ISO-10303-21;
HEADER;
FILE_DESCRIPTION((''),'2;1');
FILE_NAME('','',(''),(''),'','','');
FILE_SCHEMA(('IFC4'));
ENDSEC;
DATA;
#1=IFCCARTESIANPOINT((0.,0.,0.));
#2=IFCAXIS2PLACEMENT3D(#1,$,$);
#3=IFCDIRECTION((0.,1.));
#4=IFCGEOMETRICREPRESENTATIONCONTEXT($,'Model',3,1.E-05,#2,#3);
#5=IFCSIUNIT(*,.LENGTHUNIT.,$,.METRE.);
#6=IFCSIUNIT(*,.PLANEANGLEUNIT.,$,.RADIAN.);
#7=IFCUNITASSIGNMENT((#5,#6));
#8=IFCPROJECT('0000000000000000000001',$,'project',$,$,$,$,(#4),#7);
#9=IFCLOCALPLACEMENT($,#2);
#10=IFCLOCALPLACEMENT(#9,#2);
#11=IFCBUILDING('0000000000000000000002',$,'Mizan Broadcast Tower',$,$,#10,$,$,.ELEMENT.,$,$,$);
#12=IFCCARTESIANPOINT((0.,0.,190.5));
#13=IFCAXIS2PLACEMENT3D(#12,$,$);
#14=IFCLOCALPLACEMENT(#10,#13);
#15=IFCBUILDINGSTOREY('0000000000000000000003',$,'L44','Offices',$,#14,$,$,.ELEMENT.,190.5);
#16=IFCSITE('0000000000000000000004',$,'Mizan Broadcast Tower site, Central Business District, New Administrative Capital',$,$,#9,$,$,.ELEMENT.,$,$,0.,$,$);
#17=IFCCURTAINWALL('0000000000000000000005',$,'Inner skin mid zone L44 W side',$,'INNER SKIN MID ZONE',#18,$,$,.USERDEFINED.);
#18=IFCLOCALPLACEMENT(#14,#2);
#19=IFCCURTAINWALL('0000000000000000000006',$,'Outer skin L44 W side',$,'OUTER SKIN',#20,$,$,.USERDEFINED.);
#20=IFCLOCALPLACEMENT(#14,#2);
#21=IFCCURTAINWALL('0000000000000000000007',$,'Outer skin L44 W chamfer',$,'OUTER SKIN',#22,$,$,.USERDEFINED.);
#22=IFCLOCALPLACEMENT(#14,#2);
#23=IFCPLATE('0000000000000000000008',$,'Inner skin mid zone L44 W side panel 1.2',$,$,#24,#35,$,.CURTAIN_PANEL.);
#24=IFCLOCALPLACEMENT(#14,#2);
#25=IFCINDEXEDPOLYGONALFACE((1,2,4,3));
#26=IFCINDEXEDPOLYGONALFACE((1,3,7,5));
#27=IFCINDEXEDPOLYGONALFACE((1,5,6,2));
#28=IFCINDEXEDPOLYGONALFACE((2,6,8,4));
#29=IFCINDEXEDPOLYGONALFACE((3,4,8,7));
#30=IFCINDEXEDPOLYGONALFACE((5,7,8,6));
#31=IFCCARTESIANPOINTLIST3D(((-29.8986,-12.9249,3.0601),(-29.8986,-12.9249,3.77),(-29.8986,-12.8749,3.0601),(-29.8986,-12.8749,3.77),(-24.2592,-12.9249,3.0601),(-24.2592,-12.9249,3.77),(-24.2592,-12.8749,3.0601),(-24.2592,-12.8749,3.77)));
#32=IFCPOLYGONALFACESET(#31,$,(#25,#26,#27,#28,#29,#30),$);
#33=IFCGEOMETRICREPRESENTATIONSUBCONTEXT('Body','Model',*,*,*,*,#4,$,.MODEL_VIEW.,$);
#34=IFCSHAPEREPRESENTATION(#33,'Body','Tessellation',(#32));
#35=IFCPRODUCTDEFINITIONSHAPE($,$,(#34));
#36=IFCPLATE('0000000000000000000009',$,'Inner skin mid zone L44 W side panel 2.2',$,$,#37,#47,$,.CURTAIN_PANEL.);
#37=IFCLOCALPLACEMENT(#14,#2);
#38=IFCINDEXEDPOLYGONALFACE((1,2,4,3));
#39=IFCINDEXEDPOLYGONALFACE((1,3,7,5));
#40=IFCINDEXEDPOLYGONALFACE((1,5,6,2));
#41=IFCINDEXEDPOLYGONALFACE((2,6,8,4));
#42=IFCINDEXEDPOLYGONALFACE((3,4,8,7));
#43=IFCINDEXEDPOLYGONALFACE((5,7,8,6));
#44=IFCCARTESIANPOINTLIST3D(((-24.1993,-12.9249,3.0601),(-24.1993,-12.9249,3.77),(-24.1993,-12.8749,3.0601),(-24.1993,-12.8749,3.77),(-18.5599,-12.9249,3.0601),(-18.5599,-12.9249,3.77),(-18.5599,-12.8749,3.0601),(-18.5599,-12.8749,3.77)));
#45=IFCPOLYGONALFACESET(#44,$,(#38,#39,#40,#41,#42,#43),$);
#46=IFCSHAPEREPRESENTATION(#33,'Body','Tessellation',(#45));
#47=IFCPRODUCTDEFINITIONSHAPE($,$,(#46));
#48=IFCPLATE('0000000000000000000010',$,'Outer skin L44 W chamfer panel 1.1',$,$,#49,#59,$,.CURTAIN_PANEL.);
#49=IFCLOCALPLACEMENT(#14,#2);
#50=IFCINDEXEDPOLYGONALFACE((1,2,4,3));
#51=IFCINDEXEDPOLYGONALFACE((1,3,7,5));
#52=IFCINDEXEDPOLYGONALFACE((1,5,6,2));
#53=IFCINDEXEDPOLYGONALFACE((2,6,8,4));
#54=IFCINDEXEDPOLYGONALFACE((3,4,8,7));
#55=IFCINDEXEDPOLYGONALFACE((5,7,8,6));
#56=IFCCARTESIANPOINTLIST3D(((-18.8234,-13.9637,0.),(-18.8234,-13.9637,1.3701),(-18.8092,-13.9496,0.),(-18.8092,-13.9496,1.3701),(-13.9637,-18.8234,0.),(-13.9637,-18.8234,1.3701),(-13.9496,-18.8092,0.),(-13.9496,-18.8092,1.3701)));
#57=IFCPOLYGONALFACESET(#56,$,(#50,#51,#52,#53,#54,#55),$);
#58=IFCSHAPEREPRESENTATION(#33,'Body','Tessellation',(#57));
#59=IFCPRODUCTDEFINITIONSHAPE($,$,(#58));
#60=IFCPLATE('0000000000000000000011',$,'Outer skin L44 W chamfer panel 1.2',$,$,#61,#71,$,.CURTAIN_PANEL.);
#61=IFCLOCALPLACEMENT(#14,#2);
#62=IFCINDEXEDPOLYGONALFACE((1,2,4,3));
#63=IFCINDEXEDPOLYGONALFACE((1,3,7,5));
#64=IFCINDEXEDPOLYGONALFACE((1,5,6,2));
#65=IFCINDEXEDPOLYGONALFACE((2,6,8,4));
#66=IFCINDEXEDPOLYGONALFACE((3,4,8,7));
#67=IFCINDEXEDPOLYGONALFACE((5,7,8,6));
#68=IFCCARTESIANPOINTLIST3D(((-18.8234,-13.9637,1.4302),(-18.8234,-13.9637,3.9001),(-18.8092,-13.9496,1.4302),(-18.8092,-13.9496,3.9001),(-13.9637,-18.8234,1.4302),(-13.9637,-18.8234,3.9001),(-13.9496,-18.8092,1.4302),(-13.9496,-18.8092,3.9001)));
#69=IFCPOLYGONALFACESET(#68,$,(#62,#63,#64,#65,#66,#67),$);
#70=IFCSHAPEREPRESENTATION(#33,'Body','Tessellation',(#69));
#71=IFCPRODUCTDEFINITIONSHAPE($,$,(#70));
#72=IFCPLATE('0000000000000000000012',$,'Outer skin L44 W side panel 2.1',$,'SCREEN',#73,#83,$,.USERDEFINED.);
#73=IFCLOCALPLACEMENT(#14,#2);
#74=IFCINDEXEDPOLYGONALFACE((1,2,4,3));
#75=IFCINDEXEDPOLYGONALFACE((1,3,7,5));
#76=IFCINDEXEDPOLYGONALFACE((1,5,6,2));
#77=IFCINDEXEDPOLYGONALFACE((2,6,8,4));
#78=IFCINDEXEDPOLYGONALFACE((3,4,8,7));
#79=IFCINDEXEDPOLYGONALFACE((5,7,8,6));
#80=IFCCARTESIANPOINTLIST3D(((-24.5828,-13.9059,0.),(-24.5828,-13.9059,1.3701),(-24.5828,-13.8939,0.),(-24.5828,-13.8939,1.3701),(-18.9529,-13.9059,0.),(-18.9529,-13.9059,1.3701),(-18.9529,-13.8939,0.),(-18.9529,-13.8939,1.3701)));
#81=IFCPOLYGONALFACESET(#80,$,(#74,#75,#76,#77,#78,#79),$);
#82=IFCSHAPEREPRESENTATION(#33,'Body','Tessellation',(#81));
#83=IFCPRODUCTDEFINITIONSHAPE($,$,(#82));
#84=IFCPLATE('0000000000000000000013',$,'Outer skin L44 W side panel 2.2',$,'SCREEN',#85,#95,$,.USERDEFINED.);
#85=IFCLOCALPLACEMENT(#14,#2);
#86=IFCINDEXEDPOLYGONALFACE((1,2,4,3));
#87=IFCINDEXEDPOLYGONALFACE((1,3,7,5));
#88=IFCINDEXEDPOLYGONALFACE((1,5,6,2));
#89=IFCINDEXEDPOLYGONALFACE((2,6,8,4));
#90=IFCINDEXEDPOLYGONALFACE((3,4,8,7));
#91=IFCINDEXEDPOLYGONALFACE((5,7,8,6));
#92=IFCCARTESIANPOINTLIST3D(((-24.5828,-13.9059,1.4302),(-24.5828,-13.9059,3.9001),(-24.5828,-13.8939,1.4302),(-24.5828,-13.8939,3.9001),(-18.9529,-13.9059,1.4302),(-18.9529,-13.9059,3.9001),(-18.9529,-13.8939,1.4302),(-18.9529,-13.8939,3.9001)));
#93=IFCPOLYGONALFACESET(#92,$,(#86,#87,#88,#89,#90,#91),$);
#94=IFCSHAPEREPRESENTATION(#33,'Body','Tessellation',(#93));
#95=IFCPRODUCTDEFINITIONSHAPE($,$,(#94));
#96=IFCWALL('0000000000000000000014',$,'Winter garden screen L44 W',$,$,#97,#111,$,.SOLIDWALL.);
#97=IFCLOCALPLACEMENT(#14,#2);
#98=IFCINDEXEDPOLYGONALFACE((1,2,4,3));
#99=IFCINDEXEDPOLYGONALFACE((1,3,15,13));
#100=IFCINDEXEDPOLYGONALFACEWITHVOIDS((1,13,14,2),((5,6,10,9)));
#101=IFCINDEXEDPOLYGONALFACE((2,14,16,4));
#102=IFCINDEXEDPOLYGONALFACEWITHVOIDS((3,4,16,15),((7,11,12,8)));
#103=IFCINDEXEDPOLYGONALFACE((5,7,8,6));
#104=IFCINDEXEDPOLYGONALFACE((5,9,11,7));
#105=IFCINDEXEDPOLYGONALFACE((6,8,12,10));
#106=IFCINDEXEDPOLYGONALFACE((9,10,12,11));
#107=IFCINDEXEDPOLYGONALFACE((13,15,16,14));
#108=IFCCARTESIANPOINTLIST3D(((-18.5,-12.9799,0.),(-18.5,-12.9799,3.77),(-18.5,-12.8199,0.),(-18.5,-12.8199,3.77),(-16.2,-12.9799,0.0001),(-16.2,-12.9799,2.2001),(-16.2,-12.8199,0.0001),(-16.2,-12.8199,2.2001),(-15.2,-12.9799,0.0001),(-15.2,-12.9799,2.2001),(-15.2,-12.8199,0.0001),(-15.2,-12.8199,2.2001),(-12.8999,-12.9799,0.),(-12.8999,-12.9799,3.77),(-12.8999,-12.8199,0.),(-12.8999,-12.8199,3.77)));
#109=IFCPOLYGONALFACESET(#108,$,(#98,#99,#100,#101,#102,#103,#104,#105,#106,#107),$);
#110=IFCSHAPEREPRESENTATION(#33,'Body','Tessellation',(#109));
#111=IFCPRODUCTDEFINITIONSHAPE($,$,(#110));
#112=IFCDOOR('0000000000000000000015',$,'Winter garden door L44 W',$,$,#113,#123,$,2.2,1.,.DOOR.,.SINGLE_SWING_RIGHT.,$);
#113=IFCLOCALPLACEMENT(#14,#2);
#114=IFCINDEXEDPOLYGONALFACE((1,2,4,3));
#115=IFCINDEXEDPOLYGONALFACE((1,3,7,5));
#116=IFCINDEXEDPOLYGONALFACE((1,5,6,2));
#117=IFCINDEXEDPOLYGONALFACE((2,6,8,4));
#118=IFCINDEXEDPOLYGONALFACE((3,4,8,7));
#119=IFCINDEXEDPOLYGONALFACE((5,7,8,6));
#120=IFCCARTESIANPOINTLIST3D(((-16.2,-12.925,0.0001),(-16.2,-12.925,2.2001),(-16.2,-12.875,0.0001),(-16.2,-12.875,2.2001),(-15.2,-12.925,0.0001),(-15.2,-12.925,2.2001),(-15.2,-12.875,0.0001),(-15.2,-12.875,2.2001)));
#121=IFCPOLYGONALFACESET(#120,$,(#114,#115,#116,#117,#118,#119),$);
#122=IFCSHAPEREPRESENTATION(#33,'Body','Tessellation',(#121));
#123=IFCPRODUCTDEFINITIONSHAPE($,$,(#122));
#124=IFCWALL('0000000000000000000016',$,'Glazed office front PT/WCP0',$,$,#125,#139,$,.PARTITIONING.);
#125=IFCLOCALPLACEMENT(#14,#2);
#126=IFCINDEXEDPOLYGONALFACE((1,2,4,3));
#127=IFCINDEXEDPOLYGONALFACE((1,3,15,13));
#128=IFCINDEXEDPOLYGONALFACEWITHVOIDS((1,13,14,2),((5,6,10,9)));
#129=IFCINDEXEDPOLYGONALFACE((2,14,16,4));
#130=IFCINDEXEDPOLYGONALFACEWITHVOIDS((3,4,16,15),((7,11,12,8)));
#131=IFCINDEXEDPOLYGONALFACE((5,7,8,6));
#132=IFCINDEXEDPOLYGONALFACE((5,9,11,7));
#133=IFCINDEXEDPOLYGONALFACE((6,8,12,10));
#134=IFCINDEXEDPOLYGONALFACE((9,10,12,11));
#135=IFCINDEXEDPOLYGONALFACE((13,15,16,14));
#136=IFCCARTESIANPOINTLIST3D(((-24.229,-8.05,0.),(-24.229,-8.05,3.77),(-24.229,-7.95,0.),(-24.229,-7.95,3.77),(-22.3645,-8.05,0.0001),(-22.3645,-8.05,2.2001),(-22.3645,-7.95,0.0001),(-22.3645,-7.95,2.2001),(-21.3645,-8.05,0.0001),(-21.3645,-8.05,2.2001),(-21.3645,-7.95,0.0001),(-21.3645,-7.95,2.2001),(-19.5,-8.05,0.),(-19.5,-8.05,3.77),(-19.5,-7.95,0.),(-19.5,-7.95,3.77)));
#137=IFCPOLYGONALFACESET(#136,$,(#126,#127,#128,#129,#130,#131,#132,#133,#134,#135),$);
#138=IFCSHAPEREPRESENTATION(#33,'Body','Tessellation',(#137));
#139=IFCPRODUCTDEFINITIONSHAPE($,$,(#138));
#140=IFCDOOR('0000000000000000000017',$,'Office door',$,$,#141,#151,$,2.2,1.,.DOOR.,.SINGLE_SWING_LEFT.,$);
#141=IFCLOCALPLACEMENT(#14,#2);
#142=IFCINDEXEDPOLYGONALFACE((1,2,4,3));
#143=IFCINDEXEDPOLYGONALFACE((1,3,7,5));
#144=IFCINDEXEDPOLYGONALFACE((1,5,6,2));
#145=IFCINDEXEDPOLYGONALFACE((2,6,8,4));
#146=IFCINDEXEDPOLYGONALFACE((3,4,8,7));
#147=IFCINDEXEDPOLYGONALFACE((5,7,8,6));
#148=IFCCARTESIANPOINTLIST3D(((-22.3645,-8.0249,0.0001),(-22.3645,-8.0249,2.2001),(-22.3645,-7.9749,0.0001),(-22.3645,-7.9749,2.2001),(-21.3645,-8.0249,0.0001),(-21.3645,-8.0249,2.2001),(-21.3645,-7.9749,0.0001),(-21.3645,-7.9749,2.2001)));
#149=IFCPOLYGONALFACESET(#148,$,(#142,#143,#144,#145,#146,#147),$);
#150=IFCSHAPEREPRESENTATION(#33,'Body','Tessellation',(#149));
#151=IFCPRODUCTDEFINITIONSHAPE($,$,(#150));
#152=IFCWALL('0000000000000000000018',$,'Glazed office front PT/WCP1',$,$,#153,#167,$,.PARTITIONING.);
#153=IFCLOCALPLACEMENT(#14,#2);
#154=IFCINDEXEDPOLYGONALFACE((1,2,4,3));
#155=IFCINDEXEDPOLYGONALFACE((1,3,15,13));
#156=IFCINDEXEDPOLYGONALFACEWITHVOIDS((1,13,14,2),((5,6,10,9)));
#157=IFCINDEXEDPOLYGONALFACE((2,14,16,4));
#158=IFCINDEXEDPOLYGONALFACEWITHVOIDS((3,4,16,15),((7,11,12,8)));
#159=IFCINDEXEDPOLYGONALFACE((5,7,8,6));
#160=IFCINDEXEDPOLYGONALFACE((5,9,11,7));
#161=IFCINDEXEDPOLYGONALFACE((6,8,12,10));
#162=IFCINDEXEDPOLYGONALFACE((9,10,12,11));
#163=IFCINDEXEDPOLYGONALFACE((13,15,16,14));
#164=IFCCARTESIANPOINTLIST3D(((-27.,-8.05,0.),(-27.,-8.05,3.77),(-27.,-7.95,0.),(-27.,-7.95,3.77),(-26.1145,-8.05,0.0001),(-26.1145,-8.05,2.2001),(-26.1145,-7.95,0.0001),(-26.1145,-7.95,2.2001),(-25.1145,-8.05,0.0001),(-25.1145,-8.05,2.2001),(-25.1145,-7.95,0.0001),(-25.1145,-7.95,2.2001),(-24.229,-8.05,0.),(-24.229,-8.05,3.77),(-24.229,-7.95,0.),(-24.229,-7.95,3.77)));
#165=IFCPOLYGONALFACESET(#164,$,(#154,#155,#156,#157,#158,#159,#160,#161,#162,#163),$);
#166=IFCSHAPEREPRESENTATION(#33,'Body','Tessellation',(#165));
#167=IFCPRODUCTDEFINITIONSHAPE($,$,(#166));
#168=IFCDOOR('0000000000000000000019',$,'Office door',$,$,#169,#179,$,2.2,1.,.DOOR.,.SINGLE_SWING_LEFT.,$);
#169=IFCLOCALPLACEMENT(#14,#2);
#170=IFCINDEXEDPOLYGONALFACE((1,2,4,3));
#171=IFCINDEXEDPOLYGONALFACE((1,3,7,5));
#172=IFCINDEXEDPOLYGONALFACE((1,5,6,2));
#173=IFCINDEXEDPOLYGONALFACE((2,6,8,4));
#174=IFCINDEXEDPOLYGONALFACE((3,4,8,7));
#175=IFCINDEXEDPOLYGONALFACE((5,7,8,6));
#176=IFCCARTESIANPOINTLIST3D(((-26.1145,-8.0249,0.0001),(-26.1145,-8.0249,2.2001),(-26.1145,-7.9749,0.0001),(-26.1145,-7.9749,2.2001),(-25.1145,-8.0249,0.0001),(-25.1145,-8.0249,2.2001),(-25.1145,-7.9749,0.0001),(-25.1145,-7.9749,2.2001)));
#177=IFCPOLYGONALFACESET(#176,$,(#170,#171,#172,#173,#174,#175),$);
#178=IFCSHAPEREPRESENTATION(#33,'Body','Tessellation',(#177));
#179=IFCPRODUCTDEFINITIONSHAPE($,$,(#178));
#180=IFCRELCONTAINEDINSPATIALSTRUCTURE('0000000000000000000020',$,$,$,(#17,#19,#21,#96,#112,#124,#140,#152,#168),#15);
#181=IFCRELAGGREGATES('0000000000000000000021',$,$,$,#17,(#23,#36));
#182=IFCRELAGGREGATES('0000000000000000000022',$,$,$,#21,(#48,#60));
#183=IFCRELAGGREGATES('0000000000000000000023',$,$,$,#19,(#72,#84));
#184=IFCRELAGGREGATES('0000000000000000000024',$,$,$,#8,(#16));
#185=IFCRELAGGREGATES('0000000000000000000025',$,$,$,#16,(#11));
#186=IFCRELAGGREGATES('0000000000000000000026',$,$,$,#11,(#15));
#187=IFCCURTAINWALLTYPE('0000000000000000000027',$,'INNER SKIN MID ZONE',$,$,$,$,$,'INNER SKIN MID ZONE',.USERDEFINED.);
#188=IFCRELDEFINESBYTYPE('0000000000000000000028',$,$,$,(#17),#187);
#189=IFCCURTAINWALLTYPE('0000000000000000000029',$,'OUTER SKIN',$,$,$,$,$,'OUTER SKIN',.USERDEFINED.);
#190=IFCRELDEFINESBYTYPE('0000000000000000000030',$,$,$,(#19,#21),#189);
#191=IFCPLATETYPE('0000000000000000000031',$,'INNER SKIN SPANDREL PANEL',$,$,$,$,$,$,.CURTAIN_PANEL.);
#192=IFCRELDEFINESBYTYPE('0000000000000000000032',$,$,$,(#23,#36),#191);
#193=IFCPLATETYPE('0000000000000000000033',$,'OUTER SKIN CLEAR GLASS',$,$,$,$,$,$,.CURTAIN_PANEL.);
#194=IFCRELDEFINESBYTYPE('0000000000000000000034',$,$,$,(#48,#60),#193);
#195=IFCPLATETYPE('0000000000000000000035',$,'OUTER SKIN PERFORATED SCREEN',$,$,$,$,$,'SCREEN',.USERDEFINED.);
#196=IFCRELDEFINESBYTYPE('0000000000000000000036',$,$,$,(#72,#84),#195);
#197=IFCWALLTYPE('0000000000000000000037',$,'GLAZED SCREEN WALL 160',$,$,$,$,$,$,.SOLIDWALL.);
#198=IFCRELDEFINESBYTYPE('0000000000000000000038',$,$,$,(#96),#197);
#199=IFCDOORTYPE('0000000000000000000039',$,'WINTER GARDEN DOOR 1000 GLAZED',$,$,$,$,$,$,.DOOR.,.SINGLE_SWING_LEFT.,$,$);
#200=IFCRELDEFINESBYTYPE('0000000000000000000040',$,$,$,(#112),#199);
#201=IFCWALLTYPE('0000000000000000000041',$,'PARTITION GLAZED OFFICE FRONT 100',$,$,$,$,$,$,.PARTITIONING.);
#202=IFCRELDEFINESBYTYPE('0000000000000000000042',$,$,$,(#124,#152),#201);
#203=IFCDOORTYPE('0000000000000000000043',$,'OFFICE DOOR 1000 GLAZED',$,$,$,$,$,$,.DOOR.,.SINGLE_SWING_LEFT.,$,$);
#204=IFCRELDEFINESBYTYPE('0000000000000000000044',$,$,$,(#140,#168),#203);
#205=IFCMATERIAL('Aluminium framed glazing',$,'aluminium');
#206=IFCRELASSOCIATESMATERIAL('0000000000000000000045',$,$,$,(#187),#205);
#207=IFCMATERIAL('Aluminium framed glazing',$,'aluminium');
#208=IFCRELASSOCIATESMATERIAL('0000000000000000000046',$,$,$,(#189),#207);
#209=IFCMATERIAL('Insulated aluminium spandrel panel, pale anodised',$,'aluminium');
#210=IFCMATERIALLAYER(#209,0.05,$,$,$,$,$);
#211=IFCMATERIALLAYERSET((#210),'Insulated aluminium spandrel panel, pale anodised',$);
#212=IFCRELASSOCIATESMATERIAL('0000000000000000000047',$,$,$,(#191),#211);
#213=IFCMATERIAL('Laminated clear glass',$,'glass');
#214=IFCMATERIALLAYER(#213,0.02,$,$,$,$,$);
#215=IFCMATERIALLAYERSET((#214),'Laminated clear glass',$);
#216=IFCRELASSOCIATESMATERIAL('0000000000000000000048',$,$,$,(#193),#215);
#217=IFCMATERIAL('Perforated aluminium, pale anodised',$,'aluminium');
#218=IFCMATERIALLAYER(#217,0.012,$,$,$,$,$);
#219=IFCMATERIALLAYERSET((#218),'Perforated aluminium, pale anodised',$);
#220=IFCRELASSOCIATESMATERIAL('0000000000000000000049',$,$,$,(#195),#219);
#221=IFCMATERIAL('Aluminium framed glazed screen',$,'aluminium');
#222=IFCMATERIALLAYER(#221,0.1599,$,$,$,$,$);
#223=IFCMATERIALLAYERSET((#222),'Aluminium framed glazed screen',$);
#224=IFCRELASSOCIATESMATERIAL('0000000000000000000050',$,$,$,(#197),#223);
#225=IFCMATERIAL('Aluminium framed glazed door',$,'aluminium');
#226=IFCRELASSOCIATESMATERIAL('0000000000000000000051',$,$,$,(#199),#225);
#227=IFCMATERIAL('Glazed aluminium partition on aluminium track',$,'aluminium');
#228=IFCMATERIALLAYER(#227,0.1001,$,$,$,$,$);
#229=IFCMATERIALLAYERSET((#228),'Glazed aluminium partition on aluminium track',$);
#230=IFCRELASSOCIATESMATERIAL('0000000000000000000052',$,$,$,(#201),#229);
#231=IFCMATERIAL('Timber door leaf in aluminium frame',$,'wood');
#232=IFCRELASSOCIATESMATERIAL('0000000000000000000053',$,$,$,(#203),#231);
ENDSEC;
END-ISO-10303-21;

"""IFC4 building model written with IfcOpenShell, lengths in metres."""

from ifc_helpers import new_model, si_unit, direction, frame, frame_2d, origin, origin_2d, place, context, subcontext, project, spatial, rectangle, extrude, material, layer, layer_set, type_object, element, fill, aggregate, save


model = new_model("IFC4")

# Units and contexts
model_context = context("Model", 3, precision=1e-05, world=origin(), true_north=direction((0.0, 1.0)))
body_context = subcontext(model_context, "Body", "Model", "MODEL_VIEW")
ifc_project = project(units=[si_unit("LENGTHUNIT", "METRE"), si_unit("PLANEANGLEUNIT", "RADIAN")], contexts=[model_context])

# Site, building, storey
site_placement = place(None, origin())
site = spatial("IfcSite", under=ifc_project, at=site_placement, Name="Mizan Broadcast Tower site, Central Business District, New Administrative Capital", CompositionType="ELEMENT", RefElevation=0.0)
building_placement = place(site_placement, origin())
building = spatial("IfcBuilding", under=site, at=building_placement, Name="Mizan Broadcast Tower", CompositionType="ELEMENT")
storey_placement = place(building_placement, frame((0.0, 0.0, 190.5)))
storey = spatial("IfcBuildingStorey", under=building, at=storey_placement, Name="L44", Description="Offices", CompositionType="ELEMENT", Elevation=190.5)

# Curtain walls
ifc_material_1 = material(Name="Aluminium framed glazing", Category="aluminium")
curtain_wall_type_1 = type_object("IfcCurtainWallType", Name="INNER SKIN MID ZONE", ElementType="INNER SKIN MID ZONE", PredefinedType="USERDEFINED", material=ifc_material_1)
curtain_wall_1_placement = place(storey_placement, origin())
curtain_wall_1 = element("IfcCurtainWall", 1, at=curtain_wall_1_placement, inside=storey, type_object=curtain_wall_type_1, Name="Inner skin mid zone L44 W side", ObjectType="INNER SKIN MID ZONE", PredefinedType="USERDEFINED")
ifc_material_2 = material(Name="Aluminium framed glazing", Category="aluminium")
curtain_wall_type_2 = type_object("IfcCurtainWallType", Name="OUTER SKIN", ElementType="OUTER SKIN", PredefinedType="USERDEFINED", material=ifc_material_2)
curtain_wall_2_placement = place(storey_placement, origin())
curtain_wall_2 = element("IfcCurtainWall", 2, at=curtain_wall_2_placement, inside=storey, type_object=curtain_wall_type_2, Name="Outer skin L44 W side", ObjectType="OUTER SKIN", PredefinedType="USERDEFINED")

# Curtain wall
curtain_wall_3_placement = place(storey_placement, origin())
curtain_wall_3 = element("IfcCurtainWall", 3, at=curtain_wall_3_placement, inside=storey, type_object=curtain_wall_type_2, Name="Outer skin L44 W chamfer", ObjectType="OUTER SKIN", PredefinedType="USERDEFINED")

# Plates
ifc_material_3 = material(Name="Insulated aluminium spandrel panel, pale anodised", Category="aluminium")
ifc_layer_1 = layer(ifc_material_3, 0.05)
ifc_layer_set_1 = layer_set([ifc_layer_1], Name="Insulated aluminium spandrel panel, pale anodised")
plate_type_1 = type_object("IfcPlateType", Name="INNER SKIN SPANDREL PANEL", PredefinedType="CURTAIN_PANEL", material=ifc_layer_set_1)
plate_1_placement = place(storey_placement, frame((-27.0789, -12.8999, 3.0601), z_axis=(0.0, 0.0, 1.0), x_axis=(1.0, 0.0, 0.0)))
plate_1 = element("IfcPlate", 4, at=plate_1_placement, type_object=plate_type_1, Name="Inner skin mid zone L44 W side panel 1.2", PredefinedType="CURTAIN_PANEL", context=body_context, shape_type="SweptSolid", body=[
    extrude(rectangle(XDim=5.6394, YDim=0.05, at=origin_2d()), origin(), (0.0, 0.0, 1.0), 0.71),
])
plate_2_placement = place(storey_placement, frame((-21.3796, -12.8999, 3.0601), z_axis=(0.0, 0.0, 1.0), x_axis=(1.0, 0.0, 0.0)))
plate_2 = element("IfcPlate", 5, at=plate_2_placement, type_object=plate_type_1, Name="Inner skin mid zone L44 W side panel 2.2", PredefinedType="CURTAIN_PANEL", context=body_context, shape_type="SweptSolid", body=[
    extrude(rectangle(XDim=5.6394, YDim=0.05, at=origin_2d()), origin(), (0.0, 0.0, 1.0), 0.71),
])
aggregate(curtain_wall_1, [plate_1, plate_2])
ifc_material_4 = material(Name="Laminated clear glass", Category="glass")
ifc_layer_2 = layer(ifc_material_4, 0.02)
ifc_layer_set_2 = layer_set([ifc_layer_2], Name="Laminated clear glass")
plate_type_2 = type_object("IfcPlateType", Name="OUTER SKIN CLEAR GLASS", PredefinedType="CURTAIN_PANEL", material=ifc_layer_set_2)
plate_3_placement = place(storey_placement, frame((-16.3865, -16.3865, 0.0), z_axis=(0.0, 0.0, 1.0), x_axis=(0.707107, -0.707107, 0.0)))
plate_3 = element("IfcPlate", 6, at=plate_3_placement, type_object=plate_type_2, Name="Outer skin L44 W chamfer panel 1.1", PredefinedType="CURTAIN_PANEL", context=body_context, shape_type="SweptSolid", body=[
    extrude(rectangle(XDim=6.8726, YDim=0.02, at=origin_2d()), origin(), (0.0, 0.0, 1.0), 1.3701),
])
plate_4_placement = place(storey_placement, frame((-16.3865, -16.3865, 1.4302), z_axis=(0.0, 0.0, 1.0), x_axis=(0.707107, -0.707107, 0.0)))
plate_4 = element("IfcPlate", 7, at=plate_4_placement, type_object=plate_type_2, Name="Outer skin L44 W chamfer panel 1.2", PredefinedType="CURTAIN_PANEL", context=body_context, shape_type="SweptSolid", body=[
    extrude(rectangle(XDim=6.8726, YDim=0.02, at=origin_2d()), origin(), (0.0, 0.0, 1.0), 2.47),
])
aggregate(curtain_wall_3, [plate_3, plate_4])
ifc_material_5 = material(Name="Perforated aluminium, pale anodised", Category="aluminium")
ifc_layer_3 = layer(ifc_material_5, 0.012)
ifc_layer_set_3 = layer_set([ifc_layer_3], Name="Perforated aluminium, pale anodised")
plate_type_3 = type_object("IfcPlateType", Name="OUTER SKIN PERFORATED SCREEN", ElementType="SCREEN", PredefinedType="USERDEFINED", material=ifc_layer_set_3)
plate_5_placement = place(storey_placement, frame((-21.7678, -13.8999, 0.0), z_axis=(0.0, 0.0, 1.0), x_axis=(1.0, 0.0, 0.0)))
plate_5 = element("IfcPlate", 8, at=plate_5_placement, type_object=plate_type_3, Name="Outer skin L44 W side panel 2.1", ObjectType="SCREEN", PredefinedType="USERDEFINED", context=body_context, shape_type="SweptSolid", body=[
    extrude(rectangle(XDim=5.6299, YDim=0.012, at=origin_2d()), origin(), (0.0, 0.0, 1.0), 1.3701),
])
plate_6_placement = place(storey_placement, frame((-21.7678, -13.8999, 1.4302), z_axis=(0.0, 0.0, 1.0), x_axis=(1.0, 0.0, 0.0)))
plate_6 = element("IfcPlate", 9, at=plate_6_placement, type_object=plate_type_3, Name="Outer skin L44 W side panel 2.2", ObjectType="SCREEN", PredefinedType="USERDEFINED", context=body_context, shape_type="SweptSolid", body=[
    extrude(rectangle(XDim=5.6299, YDim=0.012, at=origin_2d()), origin(), (0.0, 0.0, 1.0), 2.47),
])
aggregate(curtain_wall_2, [plate_5, plate_6])

# Walls, openings, doors
ifc_material_6 = material(Name="Aluminium framed glazed screen", Category="aluminium")
ifc_layer_4 = layer(ifc_material_6, 0.1599)
ifc_layer_set_4 = layer_set([ifc_layer_4], Name="Aluminium framed glazed screen")
wall_type_1 = type_object("IfcWallType", Name="GLAZED SCREEN WALL 160", PredefinedType="SOLIDWALL", material=ifc_layer_set_4)
wall_1_placement = place(storey_placement, frame((-18.5, -12.8999, 0.0), z_axis=(0.0, 0.0, 1.0), x_axis=(1.0, 0.0, 0.0)))
wall_1 = element("IfcWall", 10, at=wall_1_placement, inside=storey, type_object=wall_type_1, Name="Winter garden screen L44 W", PredefinedType="SOLIDWALL", context=body_context, shape_type="SweptSolid", body=[
    extrude(rectangle(XDim=5.6001, YDim=0.1599, at=frame_2d((2.8, 0.0))), origin(), (0.0, 0.0, 1.0), 3.77),
])
opening_1_placement = place(wall_1_placement, frame((2.3, 0.0, 0.0)))
opening_1 = element("IfcOpeningElement", 11, at=opening_1_placement, cuts=wall_1, PredefinedType="OPENING", context=body_context, shape_type="SweptSolid", body=[
    extrude(rectangle(XDim=1.0, YDim=2.2, at=frame_2d((0.5, 1.1001))), frame((0.0, 0.0898, 0.0), z_axis=(0.0, -1.0, 0.0), x_axis=(1.0, 0.0, 0.0)), (0.0, 0.0, 1.0), 0.1799),
])
ifc_material_7 = material(Name="Aluminium framed glazed door", Category="aluminium")
door_type_1 = type_object("IfcDoorType", Name="WINTER GARDEN DOOR 1000 GLAZED", OperationType="SINGLE_SWING_LEFT", PredefinedType="DOOR", material=ifc_material_7)
door_1_placement = place(opening_1_placement, origin())
door_1 = element("IfcDoor", 12, at=door_1_placement, inside=storey, type_object=door_type_1, Name="Winter garden door L44 W", OperationType="SINGLE_SWING_RIGHT", OverallHeight=2.2, OverallWidth=1.0, PredefinedType="DOOR", context=body_context, shape_type="SweptSolid", body=[
    extrude(rectangle(XDim=1.0, YDim=2.2, at=frame_2d((0.5, 1.1001))), frame((0.0, 0.0249, 0.0), z_axis=(0.0, -1.0, 0.0), x_axis=(1.0, 0.0, 0.0)), (0.0, 0.0, 1.0), 0.05),
])
fill(opening_1, door_1)
ifc_material_8 = material(Name="Glazed aluminium partition on aluminium track", Category="aluminium")
ifc_layer_5 = layer(ifc_material_8, 0.1001)
ifc_layer_set_5 = layer_set([ifc_layer_5], Name="Glazed aluminium partition on aluminium track")
wall_type_2 = type_object("IfcWallType", Name="PARTITION GLAZED OFFICE FRONT 100", PredefinedType="PARTITIONING", material=ifc_layer_set_5)
wall_2_placement = place(storey_placement, frame((-19.5, -8.0, 0.0), z_axis=(0.0, 0.0, 1.0), x_axis=(-1.0, 0.0, 0.0)))
wall_2 = element("IfcWall", 13, at=wall_2_placement, inside=storey, type_object=wall_type_2, Name="Glazed office front PT/WCP0", PredefinedType="PARTITIONING", context=body_context, shape_type="SweptSolid", body=[
    extrude(rectangle(XDim=4.729, YDim=0.1001, at=frame_2d((2.3645, 0.0))), origin(), (0.0, 0.0, 1.0), 3.77),
])
opening_2_placement = place(wall_2_placement, frame((1.8645, 0.0, 0.0)))
opening_2 = element("IfcOpeningElement", 14, at=opening_2_placement, cuts=wall_2, PredefinedType="OPENING", context=body_context, shape_type="SweptSolid", body=[
    extrude(rectangle(XDim=1.0, YDim=2.2, at=frame_2d((0.5, 1.1001))), frame((0.0, 0.0601, 0.0), z_axis=(0.0, -1.0, 0.0), x_axis=(1.0, 0.0, 0.0)), (0.0, 0.0, 1.0), 0.1201),
])
ifc_material_9 = material(Name="Timber door leaf in aluminium frame", Category="wood")
door_type_2 = type_object("IfcDoorType", Name="OFFICE DOOR 1000 GLAZED", OperationType="SINGLE_SWING_LEFT", PredefinedType="DOOR", material=ifc_material_9)
door_2_placement = place(opening_2_placement, origin())
door_2 = element("IfcDoor", 15, at=door_2_placement, inside=storey, type_object=door_type_2, Name="Office door", OperationType="SINGLE_SWING_LEFT", OverallHeight=2.2, OverallWidth=1.0, PredefinedType="DOOR", context=body_context, shape_type="SweptSolid", body=[
    extrude(rectangle(XDim=1.0, YDim=2.2, at=frame_2d((0.5, 1.1001))), frame((0.0, 0.0249, 0.0), z_axis=(0.0, -1.0, 0.0), x_axis=(1.0, 0.0, 0.0)), (0.0, 0.0, 1.0), 0.05),
])
fill(opening_2, door_2)
wall_3_placement = place(storey_placement, frame((-24.229, -8.0, 0.0), z_axis=(0.0, 0.0, 1.0), x_axis=(-1.0, 0.0, 0.0)))
wall_3 = element("IfcWall", 16, at=wall_3_placement, inside=storey, type_object=wall_type_2, Name="Glazed office front PT/WCP1", PredefinedType="PARTITIONING", context=body_context, shape_type="SweptSolid", body=[
    extrude(rectangle(XDim=2.771, YDim=0.1001, at=frame_2d((1.3855, 0.0))), origin(), (0.0, 0.0, 1.0), 3.77),
])
opening_3_placement = place(wall_3_placement, frame((0.8855, 0.0, 0.0)))
opening_3 = element("IfcOpeningElement", 17, at=opening_3_placement, cuts=wall_3, PredefinedType="OPENING", context=body_context, shape_type="SweptSolid", body=[
    extrude(rectangle(XDim=1.0, YDim=2.2, at=frame_2d((0.5, 1.1001))), frame((0.0, 0.0601, 0.0), z_axis=(0.0, -1.0, 0.0), x_axis=(1.0, 0.0, 0.0)), (0.0, 0.0, 1.0), 0.1201),
])
door_3_placement = place(opening_3_placement, origin())
door_3 = element("IfcDoor", 18, at=door_3_placement, inside=storey, type_object=door_type_2, Name="Office door", OperationType="SINGLE_SWING_LEFT", OverallHeight=2.2, OverallWidth=1.0, PredefinedType="DOOR", context=body_context, shape_type="SweptSolid", body=[
    extrude(rectangle(XDim=1.0, YDim=2.2, at=frame_2d((0.5, 1.1001))), frame((0.0, 0.0249, 0.0), z_axis=(0.0, -1.0, 0.0), x_axis=(1.0, 0.0, 0.0)), (0.0, 0.0, 1.0), 0.05),
])
fill(opening_3, door_3)

save(model, "model.ifc")
